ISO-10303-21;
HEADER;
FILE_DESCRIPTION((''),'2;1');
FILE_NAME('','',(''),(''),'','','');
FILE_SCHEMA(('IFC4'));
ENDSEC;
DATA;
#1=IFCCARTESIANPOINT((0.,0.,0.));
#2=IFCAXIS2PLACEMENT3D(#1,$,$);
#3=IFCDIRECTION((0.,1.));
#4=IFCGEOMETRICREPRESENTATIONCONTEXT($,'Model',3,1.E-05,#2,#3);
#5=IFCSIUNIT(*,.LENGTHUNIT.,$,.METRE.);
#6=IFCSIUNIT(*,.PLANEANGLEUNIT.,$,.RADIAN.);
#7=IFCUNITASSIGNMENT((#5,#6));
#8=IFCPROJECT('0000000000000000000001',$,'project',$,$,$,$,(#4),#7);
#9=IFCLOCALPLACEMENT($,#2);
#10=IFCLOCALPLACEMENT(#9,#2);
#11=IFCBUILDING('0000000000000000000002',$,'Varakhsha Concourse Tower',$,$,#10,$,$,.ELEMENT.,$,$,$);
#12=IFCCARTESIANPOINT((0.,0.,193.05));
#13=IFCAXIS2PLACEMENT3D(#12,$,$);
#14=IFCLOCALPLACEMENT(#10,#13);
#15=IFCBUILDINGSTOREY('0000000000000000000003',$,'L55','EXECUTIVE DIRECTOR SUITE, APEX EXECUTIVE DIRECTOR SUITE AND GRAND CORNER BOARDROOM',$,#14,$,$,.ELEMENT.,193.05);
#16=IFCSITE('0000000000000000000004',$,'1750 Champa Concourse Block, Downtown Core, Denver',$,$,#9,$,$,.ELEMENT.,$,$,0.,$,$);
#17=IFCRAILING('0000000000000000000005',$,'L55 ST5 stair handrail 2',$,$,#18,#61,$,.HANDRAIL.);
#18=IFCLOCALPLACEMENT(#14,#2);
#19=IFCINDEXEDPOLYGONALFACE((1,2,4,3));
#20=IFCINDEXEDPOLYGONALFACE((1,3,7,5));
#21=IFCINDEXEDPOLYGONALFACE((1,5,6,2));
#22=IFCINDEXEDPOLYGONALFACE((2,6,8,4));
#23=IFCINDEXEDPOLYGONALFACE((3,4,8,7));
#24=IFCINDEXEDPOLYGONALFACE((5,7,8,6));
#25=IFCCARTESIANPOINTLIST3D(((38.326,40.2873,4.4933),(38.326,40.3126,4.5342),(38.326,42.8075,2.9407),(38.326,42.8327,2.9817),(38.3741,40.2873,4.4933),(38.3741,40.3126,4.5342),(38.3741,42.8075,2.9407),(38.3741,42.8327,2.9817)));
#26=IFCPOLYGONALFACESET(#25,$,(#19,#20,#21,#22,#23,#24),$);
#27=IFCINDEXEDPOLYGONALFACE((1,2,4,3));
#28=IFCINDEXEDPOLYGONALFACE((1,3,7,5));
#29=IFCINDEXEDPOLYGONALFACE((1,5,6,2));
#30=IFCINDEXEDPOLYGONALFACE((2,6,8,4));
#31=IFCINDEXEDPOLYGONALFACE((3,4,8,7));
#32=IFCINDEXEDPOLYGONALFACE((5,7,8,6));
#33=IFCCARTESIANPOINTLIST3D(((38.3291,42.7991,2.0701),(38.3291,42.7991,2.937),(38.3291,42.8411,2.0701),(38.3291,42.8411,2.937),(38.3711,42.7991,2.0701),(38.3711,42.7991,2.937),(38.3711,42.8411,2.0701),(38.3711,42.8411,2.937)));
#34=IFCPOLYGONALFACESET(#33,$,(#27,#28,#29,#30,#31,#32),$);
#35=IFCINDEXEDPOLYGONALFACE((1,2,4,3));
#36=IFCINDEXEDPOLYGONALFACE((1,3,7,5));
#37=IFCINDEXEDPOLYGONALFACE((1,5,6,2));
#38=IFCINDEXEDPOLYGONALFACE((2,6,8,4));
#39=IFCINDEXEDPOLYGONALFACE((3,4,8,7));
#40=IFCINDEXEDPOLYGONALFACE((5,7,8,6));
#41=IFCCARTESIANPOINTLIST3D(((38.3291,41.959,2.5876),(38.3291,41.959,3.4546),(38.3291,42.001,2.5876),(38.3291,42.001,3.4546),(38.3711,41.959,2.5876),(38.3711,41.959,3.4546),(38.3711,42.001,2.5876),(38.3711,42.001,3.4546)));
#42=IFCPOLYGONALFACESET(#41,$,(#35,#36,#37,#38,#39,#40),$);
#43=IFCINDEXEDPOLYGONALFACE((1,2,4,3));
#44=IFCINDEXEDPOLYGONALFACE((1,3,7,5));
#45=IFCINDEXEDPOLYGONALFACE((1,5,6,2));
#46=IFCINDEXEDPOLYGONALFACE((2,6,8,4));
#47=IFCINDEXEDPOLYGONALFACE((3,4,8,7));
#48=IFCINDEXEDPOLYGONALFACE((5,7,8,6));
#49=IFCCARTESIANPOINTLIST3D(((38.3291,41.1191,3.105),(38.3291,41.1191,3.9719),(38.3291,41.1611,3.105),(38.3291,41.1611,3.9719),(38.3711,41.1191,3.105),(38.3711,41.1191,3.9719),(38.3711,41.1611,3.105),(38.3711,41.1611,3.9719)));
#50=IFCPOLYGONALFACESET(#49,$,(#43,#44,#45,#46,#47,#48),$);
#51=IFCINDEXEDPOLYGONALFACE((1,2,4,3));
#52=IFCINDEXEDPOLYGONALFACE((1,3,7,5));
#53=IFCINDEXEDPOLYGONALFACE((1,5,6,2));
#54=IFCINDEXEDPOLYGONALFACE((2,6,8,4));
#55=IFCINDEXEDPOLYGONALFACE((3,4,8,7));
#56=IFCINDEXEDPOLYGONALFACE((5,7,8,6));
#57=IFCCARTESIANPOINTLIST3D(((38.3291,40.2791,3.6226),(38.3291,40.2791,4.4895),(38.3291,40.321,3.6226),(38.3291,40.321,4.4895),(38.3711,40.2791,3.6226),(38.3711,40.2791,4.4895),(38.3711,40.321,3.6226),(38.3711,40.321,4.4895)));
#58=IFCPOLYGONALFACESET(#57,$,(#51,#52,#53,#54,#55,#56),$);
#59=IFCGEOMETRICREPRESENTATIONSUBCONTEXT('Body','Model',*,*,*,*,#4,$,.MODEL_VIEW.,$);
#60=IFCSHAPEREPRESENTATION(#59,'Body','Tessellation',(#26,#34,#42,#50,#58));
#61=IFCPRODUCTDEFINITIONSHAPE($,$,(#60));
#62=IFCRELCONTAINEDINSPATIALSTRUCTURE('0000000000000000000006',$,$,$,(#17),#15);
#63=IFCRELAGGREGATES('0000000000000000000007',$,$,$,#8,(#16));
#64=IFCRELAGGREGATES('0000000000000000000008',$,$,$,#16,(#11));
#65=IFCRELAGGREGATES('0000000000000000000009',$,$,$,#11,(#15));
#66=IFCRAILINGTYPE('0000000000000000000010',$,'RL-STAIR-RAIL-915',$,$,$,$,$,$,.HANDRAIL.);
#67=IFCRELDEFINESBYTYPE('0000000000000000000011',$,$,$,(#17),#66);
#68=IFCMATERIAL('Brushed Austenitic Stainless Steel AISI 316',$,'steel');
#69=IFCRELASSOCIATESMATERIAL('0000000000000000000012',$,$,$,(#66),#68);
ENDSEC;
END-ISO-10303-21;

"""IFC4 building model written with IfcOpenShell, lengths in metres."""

from ifc_helpers import new_model, si_unit, direction, frame, origin, origin_2d, place, context, subcontext, project, spatial, rectangle, extrude, material, type_object, element, save


model = new_model("IFC4")

# Units and contexts
model_context = context("Model", 3, precision=1e-05, world=origin(), true_north=direction((0.0, 1.0)))
body_context = subcontext(model_context, "Body", "Model", "MODEL_VIEW")
ifc_project = project(units=[si_unit("LENGTHUNIT", "METRE"), si_unit("PLANEANGLEUNIT", "RADIAN")], contexts=[model_context])

# Site, building, storey
site_placement = place(None, origin())
site = spatial("IfcSite", under=ifc_project, at=site_placement, Name="1750 Champa Concourse Block, Downtown Core, Denver", CompositionType="ELEMENT", RefElevation=0.0)
building_placement = place(site_placement, origin())
building = spatial("IfcBuilding", under=site, at=building_placement, Name="Varakhsha Concourse Tower", CompositionType="ELEMENT")
storey_placement = place(building_placement, frame((0.0, 0.0, 193.05)))
storey = spatial("IfcBuildingStorey", under=building, at=storey_placement, Name="L55", Description="EXECUTIVE DIRECTOR SUITE, APEX EXECUTIVE DIRECTOR SUITE AND GRAND CORNER BOARDROOM", CompositionType="ELEMENT", Elevation=193.05)

# Railing
ifc_material_1 = material(Name="Brushed Austenitic Stainless Steel AISI 316", Category="steel")
railing_type = type_object("IfcRailingType", Name="RL-STAIR-RAIL-915", PredefinedType="HANDRAIL", material=ifc_material_1)
railing_placement = place(storey_placement, frame((38.3501, 42.8201, 2.0701)))
element("IfcRailing", 1, at=railing_placement, inside=storey, type_object=railing_type, Name="L55 ST5 stair handrail 2", PredefinedType="HANDRAIL", context=body_context, shape_type="SweptSolid", body=[
    extrude(rectangle(XDim=0.0481, YDim=0.0481, at=origin_2d()), frame((0.0, 0.0, 0.8911), z_axis=(0.0, -0.8514, 0.524516), x_axis=(1.0, 0.0, 0.0)), (0.0, 0.0, 1.0), 2.96),
    extrude(rectangle(XDim=0.042, YDim=0.042, at=origin_2d()), origin(), (0.0, 0.0, 1.0), 0.8669),
    extrude(rectangle(XDim=0.042, YDim=0.042, at=origin_2d()), frame((0.0, -0.8401, 0.5176)), (0.0, 0.0, 1.0), 0.8669),
    extrude(rectangle(XDim=0.042, YDim=0.042, at=origin_2d()), frame((0.0, -1.6799, 1.0349)), (0.0, 0.0, 1.0), 0.8669),
    extrude(rectangle(XDim=0.042, YDim=0.042, at=origin_2d()), frame((0.0, -2.52, 1.5525)), (0.0, 0.0, 1.0), 0.8669),
])

save(model, "model.ifc")
